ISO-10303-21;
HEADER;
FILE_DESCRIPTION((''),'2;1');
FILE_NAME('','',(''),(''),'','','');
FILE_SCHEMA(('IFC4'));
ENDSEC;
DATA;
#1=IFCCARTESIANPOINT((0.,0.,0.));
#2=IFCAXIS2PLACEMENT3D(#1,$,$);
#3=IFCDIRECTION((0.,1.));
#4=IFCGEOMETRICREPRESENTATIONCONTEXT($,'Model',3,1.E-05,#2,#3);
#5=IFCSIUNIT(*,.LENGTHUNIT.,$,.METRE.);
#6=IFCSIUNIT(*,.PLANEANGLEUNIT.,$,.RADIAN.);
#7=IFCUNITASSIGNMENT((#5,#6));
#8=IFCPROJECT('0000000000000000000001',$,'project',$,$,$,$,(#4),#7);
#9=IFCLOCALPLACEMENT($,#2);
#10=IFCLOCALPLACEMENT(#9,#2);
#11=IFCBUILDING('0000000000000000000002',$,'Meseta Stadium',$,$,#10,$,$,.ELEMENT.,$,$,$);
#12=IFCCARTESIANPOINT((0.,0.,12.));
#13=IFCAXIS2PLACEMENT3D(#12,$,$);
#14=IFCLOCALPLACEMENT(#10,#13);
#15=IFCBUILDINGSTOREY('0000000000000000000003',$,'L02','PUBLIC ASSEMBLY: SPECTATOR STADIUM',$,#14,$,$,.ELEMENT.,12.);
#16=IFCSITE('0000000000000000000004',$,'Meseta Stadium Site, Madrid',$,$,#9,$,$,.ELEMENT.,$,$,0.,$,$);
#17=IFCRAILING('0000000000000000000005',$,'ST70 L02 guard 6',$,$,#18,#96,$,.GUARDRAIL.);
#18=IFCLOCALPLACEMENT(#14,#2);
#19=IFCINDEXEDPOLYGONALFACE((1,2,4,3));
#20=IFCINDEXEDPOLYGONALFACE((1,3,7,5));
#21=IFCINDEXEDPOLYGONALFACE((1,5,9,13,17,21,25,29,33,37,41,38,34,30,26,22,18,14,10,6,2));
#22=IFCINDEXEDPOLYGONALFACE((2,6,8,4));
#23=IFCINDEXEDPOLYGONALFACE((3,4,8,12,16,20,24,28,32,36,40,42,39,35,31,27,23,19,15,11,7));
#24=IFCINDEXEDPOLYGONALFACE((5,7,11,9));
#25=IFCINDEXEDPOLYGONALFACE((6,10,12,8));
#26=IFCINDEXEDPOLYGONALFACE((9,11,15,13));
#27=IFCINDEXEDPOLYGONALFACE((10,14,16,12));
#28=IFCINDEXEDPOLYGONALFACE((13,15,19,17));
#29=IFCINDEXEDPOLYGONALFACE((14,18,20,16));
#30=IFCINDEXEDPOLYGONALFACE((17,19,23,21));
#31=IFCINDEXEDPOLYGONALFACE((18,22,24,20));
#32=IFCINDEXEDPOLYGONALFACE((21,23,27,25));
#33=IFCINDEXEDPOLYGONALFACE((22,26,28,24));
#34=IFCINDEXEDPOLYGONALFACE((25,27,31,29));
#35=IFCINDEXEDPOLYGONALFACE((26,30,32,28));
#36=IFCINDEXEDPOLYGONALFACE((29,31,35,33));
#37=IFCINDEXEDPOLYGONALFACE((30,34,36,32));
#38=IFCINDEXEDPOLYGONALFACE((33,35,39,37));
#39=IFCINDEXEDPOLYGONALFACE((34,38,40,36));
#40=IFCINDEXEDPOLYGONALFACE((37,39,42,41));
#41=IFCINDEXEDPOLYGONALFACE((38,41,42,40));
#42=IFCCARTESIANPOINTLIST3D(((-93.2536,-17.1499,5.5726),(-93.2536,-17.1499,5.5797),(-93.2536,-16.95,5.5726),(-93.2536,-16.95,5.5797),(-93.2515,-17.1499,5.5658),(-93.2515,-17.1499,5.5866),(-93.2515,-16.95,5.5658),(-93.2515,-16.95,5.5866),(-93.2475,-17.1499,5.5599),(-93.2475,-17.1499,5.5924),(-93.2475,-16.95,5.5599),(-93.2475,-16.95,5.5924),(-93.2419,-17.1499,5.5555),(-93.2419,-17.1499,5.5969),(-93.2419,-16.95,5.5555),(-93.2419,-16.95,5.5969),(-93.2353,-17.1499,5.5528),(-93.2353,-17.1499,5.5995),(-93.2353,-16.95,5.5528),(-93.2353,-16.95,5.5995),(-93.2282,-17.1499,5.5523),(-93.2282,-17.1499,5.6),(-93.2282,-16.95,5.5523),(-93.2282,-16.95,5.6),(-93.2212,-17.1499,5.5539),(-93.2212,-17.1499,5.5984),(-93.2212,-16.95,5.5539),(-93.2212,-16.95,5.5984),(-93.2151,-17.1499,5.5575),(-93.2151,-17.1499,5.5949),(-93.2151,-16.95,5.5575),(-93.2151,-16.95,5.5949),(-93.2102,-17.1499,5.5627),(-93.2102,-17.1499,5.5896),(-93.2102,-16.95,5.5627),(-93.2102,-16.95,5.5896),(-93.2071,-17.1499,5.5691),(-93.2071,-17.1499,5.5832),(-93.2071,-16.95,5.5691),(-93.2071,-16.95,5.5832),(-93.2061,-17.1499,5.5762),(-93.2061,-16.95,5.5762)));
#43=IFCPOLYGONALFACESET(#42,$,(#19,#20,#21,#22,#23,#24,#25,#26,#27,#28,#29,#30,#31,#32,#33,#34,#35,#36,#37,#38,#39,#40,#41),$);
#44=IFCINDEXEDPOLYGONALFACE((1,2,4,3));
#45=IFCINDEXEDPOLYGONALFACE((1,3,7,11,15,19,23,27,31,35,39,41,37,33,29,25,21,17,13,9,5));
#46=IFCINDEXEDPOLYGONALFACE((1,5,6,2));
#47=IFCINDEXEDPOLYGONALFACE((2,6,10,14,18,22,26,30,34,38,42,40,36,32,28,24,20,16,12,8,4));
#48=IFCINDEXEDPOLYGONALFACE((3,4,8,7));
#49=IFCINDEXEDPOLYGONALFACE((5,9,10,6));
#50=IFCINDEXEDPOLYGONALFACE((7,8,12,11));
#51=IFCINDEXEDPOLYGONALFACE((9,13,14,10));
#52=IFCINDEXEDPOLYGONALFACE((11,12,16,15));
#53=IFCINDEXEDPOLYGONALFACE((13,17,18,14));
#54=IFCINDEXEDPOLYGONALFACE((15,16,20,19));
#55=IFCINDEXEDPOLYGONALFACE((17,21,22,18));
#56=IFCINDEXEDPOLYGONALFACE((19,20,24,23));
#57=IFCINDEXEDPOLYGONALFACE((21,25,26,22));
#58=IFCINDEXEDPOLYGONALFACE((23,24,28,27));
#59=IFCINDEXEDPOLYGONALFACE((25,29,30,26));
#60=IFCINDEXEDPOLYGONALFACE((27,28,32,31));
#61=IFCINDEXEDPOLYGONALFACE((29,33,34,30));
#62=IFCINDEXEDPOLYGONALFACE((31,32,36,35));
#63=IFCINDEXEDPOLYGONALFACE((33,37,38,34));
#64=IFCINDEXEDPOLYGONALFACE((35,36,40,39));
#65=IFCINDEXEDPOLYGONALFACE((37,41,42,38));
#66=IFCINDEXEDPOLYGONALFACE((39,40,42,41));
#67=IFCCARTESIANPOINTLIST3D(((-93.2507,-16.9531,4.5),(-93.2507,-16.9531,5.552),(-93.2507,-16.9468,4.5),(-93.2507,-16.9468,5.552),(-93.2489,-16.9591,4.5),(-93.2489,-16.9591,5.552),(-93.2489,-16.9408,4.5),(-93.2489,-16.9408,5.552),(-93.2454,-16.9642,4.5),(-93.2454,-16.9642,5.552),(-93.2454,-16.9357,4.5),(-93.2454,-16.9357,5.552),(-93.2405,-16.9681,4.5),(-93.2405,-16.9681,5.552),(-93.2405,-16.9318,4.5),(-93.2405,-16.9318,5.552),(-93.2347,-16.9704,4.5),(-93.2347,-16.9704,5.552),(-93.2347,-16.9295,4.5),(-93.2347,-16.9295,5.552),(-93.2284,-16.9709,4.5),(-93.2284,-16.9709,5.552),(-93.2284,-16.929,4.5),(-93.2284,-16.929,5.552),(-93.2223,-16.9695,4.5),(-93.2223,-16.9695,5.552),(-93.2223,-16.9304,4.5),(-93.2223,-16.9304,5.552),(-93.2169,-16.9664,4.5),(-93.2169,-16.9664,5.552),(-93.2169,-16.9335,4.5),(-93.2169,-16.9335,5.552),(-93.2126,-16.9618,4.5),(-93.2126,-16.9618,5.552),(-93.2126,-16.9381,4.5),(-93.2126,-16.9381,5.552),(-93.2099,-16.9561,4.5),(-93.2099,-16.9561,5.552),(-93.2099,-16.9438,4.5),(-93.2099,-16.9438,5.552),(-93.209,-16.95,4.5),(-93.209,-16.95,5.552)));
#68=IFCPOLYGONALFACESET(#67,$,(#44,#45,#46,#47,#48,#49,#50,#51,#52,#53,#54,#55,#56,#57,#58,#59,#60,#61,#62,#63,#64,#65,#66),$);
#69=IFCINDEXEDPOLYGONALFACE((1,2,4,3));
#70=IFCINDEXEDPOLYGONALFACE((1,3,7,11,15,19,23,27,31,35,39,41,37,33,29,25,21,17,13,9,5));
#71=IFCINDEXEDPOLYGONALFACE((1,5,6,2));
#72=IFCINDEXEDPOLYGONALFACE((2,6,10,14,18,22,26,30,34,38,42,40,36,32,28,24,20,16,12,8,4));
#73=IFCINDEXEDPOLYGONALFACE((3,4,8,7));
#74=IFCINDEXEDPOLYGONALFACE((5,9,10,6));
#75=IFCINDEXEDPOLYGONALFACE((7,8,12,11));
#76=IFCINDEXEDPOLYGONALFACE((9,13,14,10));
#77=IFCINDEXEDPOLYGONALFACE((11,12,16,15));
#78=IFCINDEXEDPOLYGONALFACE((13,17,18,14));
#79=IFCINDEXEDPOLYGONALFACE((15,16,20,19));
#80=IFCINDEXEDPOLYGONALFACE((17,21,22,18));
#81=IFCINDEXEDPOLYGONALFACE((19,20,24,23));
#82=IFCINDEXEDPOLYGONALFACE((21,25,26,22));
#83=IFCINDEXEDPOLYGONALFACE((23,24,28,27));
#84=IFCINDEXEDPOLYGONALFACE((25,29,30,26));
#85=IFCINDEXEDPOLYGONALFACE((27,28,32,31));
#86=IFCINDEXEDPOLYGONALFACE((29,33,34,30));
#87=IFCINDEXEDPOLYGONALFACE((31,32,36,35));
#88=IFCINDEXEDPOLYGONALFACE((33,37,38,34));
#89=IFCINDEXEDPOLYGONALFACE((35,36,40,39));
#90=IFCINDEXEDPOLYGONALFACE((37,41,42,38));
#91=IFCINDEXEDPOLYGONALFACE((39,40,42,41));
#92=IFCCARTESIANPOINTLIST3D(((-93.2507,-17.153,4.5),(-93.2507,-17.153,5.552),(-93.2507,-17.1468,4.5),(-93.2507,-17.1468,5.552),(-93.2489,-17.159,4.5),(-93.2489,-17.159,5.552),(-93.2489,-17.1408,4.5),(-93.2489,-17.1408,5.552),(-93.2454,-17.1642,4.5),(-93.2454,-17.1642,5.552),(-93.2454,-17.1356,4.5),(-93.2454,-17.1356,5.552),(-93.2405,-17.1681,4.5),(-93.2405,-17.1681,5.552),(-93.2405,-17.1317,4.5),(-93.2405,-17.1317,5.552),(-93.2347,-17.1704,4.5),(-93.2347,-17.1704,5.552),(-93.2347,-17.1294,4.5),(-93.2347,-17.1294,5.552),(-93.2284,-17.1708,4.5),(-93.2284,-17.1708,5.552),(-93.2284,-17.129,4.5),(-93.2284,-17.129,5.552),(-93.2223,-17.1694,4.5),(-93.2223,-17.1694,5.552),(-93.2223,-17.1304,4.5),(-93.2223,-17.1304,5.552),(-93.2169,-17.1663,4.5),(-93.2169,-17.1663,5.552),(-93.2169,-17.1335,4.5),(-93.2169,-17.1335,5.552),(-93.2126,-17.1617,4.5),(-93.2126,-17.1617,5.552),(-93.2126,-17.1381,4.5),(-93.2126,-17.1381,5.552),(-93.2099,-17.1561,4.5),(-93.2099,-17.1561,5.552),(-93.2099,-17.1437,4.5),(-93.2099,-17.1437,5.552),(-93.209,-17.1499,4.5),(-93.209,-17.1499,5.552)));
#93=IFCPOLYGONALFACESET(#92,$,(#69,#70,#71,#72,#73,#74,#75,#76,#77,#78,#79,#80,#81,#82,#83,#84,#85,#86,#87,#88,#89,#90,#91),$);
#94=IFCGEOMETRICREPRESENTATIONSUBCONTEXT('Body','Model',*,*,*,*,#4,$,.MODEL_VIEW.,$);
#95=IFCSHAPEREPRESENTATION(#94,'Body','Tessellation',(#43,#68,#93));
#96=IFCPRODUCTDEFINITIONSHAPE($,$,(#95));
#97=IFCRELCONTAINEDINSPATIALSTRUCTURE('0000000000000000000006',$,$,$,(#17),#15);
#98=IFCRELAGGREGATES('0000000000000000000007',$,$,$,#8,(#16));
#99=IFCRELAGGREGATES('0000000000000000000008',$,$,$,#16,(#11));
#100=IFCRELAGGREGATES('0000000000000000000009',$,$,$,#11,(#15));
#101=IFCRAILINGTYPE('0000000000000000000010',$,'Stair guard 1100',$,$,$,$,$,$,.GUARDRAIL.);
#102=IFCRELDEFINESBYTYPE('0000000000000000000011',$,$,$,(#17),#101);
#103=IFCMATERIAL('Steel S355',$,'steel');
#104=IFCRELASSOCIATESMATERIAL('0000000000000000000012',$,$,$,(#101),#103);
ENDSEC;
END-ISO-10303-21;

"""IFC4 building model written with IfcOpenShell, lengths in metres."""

from ifc_helpers import new_model, si_unit, direction, frame, origin, origin_2d, place, context, subcontext, project, spatial, circle, extrude, material, type_object, element, save


model = new_model("IFC4")

# Units and contexts
model_context = context("Model", 3, precision=1e-05, world=origin(), true_north=direction((0.0, 1.0)))
body_context = subcontext(model_context, "Body", "Model", "MODEL_VIEW")
ifc_project = project(units=[si_unit("LENGTHUNIT", "METRE"), si_unit("PLANEANGLEUNIT", "RADIAN")], contexts=[model_context])

# Site, building, storey
site_placement = place(None, origin())
site = spatial("IfcSite", under=ifc_project, at=site_placement, Name="Meseta Stadium Site, Madrid", CompositionType="ELEMENT", RefElevation=0.0)
building_placement = place(site_placement, origin())
building = spatial("IfcBuilding", under=site, at=building_placement, Name="Meseta Stadium", CompositionType="ELEMENT")
storey_placement = place(building_placement, frame((0.0, 0.0, 12.0)))
storey = spatial("IfcBuildingStorey", under=building, at=storey_placement, Name="L02", Description="PUBLIC ASSEMBLY: SPECTATOR STADIUM", CompositionType="ELEMENT", Elevation=12.0)

# Railing
ifc_material_1 = material(Name="Steel S355", Category="steel")
railing_type = type_object("IfcRailingType", Name="Stair guard 1100", PredefinedType="GUARDRAIL", material=ifc_material_1)
for number, where, name in (
    (1, (-93.23, -16.95, 4.5), "ST70 L02 guard 6"),
):
    element("IfcRailing", number, at=place(storey_placement, frame(where)), inside=storey, type_object=railing_type, Name=name, PredefinedType="GUARDRAIL", context=body_context, shape_type="SweptSolid", body=[
        extrude(circle(Radius=0.0239, at=origin_2d()), frame((0.0, 0.0, 1.0762), z_axis=(0.0, -1.0, 0.0), x_axis=(1.0, 0.0, 0.0)), (0.0, 0.0, 1.0), 0.2),
        extrude(circle(Radius=0.021, at=origin_2d()), origin(), (0.0, 0.0, 1.0), 1.052),
        extrude(circle(Radius=0.021, at=origin_2d()), frame((0.0, -0.2, 0.0)), (0.0, 0.0, 1.0), 1.052),
    ])

save(model, "model.ifc")
